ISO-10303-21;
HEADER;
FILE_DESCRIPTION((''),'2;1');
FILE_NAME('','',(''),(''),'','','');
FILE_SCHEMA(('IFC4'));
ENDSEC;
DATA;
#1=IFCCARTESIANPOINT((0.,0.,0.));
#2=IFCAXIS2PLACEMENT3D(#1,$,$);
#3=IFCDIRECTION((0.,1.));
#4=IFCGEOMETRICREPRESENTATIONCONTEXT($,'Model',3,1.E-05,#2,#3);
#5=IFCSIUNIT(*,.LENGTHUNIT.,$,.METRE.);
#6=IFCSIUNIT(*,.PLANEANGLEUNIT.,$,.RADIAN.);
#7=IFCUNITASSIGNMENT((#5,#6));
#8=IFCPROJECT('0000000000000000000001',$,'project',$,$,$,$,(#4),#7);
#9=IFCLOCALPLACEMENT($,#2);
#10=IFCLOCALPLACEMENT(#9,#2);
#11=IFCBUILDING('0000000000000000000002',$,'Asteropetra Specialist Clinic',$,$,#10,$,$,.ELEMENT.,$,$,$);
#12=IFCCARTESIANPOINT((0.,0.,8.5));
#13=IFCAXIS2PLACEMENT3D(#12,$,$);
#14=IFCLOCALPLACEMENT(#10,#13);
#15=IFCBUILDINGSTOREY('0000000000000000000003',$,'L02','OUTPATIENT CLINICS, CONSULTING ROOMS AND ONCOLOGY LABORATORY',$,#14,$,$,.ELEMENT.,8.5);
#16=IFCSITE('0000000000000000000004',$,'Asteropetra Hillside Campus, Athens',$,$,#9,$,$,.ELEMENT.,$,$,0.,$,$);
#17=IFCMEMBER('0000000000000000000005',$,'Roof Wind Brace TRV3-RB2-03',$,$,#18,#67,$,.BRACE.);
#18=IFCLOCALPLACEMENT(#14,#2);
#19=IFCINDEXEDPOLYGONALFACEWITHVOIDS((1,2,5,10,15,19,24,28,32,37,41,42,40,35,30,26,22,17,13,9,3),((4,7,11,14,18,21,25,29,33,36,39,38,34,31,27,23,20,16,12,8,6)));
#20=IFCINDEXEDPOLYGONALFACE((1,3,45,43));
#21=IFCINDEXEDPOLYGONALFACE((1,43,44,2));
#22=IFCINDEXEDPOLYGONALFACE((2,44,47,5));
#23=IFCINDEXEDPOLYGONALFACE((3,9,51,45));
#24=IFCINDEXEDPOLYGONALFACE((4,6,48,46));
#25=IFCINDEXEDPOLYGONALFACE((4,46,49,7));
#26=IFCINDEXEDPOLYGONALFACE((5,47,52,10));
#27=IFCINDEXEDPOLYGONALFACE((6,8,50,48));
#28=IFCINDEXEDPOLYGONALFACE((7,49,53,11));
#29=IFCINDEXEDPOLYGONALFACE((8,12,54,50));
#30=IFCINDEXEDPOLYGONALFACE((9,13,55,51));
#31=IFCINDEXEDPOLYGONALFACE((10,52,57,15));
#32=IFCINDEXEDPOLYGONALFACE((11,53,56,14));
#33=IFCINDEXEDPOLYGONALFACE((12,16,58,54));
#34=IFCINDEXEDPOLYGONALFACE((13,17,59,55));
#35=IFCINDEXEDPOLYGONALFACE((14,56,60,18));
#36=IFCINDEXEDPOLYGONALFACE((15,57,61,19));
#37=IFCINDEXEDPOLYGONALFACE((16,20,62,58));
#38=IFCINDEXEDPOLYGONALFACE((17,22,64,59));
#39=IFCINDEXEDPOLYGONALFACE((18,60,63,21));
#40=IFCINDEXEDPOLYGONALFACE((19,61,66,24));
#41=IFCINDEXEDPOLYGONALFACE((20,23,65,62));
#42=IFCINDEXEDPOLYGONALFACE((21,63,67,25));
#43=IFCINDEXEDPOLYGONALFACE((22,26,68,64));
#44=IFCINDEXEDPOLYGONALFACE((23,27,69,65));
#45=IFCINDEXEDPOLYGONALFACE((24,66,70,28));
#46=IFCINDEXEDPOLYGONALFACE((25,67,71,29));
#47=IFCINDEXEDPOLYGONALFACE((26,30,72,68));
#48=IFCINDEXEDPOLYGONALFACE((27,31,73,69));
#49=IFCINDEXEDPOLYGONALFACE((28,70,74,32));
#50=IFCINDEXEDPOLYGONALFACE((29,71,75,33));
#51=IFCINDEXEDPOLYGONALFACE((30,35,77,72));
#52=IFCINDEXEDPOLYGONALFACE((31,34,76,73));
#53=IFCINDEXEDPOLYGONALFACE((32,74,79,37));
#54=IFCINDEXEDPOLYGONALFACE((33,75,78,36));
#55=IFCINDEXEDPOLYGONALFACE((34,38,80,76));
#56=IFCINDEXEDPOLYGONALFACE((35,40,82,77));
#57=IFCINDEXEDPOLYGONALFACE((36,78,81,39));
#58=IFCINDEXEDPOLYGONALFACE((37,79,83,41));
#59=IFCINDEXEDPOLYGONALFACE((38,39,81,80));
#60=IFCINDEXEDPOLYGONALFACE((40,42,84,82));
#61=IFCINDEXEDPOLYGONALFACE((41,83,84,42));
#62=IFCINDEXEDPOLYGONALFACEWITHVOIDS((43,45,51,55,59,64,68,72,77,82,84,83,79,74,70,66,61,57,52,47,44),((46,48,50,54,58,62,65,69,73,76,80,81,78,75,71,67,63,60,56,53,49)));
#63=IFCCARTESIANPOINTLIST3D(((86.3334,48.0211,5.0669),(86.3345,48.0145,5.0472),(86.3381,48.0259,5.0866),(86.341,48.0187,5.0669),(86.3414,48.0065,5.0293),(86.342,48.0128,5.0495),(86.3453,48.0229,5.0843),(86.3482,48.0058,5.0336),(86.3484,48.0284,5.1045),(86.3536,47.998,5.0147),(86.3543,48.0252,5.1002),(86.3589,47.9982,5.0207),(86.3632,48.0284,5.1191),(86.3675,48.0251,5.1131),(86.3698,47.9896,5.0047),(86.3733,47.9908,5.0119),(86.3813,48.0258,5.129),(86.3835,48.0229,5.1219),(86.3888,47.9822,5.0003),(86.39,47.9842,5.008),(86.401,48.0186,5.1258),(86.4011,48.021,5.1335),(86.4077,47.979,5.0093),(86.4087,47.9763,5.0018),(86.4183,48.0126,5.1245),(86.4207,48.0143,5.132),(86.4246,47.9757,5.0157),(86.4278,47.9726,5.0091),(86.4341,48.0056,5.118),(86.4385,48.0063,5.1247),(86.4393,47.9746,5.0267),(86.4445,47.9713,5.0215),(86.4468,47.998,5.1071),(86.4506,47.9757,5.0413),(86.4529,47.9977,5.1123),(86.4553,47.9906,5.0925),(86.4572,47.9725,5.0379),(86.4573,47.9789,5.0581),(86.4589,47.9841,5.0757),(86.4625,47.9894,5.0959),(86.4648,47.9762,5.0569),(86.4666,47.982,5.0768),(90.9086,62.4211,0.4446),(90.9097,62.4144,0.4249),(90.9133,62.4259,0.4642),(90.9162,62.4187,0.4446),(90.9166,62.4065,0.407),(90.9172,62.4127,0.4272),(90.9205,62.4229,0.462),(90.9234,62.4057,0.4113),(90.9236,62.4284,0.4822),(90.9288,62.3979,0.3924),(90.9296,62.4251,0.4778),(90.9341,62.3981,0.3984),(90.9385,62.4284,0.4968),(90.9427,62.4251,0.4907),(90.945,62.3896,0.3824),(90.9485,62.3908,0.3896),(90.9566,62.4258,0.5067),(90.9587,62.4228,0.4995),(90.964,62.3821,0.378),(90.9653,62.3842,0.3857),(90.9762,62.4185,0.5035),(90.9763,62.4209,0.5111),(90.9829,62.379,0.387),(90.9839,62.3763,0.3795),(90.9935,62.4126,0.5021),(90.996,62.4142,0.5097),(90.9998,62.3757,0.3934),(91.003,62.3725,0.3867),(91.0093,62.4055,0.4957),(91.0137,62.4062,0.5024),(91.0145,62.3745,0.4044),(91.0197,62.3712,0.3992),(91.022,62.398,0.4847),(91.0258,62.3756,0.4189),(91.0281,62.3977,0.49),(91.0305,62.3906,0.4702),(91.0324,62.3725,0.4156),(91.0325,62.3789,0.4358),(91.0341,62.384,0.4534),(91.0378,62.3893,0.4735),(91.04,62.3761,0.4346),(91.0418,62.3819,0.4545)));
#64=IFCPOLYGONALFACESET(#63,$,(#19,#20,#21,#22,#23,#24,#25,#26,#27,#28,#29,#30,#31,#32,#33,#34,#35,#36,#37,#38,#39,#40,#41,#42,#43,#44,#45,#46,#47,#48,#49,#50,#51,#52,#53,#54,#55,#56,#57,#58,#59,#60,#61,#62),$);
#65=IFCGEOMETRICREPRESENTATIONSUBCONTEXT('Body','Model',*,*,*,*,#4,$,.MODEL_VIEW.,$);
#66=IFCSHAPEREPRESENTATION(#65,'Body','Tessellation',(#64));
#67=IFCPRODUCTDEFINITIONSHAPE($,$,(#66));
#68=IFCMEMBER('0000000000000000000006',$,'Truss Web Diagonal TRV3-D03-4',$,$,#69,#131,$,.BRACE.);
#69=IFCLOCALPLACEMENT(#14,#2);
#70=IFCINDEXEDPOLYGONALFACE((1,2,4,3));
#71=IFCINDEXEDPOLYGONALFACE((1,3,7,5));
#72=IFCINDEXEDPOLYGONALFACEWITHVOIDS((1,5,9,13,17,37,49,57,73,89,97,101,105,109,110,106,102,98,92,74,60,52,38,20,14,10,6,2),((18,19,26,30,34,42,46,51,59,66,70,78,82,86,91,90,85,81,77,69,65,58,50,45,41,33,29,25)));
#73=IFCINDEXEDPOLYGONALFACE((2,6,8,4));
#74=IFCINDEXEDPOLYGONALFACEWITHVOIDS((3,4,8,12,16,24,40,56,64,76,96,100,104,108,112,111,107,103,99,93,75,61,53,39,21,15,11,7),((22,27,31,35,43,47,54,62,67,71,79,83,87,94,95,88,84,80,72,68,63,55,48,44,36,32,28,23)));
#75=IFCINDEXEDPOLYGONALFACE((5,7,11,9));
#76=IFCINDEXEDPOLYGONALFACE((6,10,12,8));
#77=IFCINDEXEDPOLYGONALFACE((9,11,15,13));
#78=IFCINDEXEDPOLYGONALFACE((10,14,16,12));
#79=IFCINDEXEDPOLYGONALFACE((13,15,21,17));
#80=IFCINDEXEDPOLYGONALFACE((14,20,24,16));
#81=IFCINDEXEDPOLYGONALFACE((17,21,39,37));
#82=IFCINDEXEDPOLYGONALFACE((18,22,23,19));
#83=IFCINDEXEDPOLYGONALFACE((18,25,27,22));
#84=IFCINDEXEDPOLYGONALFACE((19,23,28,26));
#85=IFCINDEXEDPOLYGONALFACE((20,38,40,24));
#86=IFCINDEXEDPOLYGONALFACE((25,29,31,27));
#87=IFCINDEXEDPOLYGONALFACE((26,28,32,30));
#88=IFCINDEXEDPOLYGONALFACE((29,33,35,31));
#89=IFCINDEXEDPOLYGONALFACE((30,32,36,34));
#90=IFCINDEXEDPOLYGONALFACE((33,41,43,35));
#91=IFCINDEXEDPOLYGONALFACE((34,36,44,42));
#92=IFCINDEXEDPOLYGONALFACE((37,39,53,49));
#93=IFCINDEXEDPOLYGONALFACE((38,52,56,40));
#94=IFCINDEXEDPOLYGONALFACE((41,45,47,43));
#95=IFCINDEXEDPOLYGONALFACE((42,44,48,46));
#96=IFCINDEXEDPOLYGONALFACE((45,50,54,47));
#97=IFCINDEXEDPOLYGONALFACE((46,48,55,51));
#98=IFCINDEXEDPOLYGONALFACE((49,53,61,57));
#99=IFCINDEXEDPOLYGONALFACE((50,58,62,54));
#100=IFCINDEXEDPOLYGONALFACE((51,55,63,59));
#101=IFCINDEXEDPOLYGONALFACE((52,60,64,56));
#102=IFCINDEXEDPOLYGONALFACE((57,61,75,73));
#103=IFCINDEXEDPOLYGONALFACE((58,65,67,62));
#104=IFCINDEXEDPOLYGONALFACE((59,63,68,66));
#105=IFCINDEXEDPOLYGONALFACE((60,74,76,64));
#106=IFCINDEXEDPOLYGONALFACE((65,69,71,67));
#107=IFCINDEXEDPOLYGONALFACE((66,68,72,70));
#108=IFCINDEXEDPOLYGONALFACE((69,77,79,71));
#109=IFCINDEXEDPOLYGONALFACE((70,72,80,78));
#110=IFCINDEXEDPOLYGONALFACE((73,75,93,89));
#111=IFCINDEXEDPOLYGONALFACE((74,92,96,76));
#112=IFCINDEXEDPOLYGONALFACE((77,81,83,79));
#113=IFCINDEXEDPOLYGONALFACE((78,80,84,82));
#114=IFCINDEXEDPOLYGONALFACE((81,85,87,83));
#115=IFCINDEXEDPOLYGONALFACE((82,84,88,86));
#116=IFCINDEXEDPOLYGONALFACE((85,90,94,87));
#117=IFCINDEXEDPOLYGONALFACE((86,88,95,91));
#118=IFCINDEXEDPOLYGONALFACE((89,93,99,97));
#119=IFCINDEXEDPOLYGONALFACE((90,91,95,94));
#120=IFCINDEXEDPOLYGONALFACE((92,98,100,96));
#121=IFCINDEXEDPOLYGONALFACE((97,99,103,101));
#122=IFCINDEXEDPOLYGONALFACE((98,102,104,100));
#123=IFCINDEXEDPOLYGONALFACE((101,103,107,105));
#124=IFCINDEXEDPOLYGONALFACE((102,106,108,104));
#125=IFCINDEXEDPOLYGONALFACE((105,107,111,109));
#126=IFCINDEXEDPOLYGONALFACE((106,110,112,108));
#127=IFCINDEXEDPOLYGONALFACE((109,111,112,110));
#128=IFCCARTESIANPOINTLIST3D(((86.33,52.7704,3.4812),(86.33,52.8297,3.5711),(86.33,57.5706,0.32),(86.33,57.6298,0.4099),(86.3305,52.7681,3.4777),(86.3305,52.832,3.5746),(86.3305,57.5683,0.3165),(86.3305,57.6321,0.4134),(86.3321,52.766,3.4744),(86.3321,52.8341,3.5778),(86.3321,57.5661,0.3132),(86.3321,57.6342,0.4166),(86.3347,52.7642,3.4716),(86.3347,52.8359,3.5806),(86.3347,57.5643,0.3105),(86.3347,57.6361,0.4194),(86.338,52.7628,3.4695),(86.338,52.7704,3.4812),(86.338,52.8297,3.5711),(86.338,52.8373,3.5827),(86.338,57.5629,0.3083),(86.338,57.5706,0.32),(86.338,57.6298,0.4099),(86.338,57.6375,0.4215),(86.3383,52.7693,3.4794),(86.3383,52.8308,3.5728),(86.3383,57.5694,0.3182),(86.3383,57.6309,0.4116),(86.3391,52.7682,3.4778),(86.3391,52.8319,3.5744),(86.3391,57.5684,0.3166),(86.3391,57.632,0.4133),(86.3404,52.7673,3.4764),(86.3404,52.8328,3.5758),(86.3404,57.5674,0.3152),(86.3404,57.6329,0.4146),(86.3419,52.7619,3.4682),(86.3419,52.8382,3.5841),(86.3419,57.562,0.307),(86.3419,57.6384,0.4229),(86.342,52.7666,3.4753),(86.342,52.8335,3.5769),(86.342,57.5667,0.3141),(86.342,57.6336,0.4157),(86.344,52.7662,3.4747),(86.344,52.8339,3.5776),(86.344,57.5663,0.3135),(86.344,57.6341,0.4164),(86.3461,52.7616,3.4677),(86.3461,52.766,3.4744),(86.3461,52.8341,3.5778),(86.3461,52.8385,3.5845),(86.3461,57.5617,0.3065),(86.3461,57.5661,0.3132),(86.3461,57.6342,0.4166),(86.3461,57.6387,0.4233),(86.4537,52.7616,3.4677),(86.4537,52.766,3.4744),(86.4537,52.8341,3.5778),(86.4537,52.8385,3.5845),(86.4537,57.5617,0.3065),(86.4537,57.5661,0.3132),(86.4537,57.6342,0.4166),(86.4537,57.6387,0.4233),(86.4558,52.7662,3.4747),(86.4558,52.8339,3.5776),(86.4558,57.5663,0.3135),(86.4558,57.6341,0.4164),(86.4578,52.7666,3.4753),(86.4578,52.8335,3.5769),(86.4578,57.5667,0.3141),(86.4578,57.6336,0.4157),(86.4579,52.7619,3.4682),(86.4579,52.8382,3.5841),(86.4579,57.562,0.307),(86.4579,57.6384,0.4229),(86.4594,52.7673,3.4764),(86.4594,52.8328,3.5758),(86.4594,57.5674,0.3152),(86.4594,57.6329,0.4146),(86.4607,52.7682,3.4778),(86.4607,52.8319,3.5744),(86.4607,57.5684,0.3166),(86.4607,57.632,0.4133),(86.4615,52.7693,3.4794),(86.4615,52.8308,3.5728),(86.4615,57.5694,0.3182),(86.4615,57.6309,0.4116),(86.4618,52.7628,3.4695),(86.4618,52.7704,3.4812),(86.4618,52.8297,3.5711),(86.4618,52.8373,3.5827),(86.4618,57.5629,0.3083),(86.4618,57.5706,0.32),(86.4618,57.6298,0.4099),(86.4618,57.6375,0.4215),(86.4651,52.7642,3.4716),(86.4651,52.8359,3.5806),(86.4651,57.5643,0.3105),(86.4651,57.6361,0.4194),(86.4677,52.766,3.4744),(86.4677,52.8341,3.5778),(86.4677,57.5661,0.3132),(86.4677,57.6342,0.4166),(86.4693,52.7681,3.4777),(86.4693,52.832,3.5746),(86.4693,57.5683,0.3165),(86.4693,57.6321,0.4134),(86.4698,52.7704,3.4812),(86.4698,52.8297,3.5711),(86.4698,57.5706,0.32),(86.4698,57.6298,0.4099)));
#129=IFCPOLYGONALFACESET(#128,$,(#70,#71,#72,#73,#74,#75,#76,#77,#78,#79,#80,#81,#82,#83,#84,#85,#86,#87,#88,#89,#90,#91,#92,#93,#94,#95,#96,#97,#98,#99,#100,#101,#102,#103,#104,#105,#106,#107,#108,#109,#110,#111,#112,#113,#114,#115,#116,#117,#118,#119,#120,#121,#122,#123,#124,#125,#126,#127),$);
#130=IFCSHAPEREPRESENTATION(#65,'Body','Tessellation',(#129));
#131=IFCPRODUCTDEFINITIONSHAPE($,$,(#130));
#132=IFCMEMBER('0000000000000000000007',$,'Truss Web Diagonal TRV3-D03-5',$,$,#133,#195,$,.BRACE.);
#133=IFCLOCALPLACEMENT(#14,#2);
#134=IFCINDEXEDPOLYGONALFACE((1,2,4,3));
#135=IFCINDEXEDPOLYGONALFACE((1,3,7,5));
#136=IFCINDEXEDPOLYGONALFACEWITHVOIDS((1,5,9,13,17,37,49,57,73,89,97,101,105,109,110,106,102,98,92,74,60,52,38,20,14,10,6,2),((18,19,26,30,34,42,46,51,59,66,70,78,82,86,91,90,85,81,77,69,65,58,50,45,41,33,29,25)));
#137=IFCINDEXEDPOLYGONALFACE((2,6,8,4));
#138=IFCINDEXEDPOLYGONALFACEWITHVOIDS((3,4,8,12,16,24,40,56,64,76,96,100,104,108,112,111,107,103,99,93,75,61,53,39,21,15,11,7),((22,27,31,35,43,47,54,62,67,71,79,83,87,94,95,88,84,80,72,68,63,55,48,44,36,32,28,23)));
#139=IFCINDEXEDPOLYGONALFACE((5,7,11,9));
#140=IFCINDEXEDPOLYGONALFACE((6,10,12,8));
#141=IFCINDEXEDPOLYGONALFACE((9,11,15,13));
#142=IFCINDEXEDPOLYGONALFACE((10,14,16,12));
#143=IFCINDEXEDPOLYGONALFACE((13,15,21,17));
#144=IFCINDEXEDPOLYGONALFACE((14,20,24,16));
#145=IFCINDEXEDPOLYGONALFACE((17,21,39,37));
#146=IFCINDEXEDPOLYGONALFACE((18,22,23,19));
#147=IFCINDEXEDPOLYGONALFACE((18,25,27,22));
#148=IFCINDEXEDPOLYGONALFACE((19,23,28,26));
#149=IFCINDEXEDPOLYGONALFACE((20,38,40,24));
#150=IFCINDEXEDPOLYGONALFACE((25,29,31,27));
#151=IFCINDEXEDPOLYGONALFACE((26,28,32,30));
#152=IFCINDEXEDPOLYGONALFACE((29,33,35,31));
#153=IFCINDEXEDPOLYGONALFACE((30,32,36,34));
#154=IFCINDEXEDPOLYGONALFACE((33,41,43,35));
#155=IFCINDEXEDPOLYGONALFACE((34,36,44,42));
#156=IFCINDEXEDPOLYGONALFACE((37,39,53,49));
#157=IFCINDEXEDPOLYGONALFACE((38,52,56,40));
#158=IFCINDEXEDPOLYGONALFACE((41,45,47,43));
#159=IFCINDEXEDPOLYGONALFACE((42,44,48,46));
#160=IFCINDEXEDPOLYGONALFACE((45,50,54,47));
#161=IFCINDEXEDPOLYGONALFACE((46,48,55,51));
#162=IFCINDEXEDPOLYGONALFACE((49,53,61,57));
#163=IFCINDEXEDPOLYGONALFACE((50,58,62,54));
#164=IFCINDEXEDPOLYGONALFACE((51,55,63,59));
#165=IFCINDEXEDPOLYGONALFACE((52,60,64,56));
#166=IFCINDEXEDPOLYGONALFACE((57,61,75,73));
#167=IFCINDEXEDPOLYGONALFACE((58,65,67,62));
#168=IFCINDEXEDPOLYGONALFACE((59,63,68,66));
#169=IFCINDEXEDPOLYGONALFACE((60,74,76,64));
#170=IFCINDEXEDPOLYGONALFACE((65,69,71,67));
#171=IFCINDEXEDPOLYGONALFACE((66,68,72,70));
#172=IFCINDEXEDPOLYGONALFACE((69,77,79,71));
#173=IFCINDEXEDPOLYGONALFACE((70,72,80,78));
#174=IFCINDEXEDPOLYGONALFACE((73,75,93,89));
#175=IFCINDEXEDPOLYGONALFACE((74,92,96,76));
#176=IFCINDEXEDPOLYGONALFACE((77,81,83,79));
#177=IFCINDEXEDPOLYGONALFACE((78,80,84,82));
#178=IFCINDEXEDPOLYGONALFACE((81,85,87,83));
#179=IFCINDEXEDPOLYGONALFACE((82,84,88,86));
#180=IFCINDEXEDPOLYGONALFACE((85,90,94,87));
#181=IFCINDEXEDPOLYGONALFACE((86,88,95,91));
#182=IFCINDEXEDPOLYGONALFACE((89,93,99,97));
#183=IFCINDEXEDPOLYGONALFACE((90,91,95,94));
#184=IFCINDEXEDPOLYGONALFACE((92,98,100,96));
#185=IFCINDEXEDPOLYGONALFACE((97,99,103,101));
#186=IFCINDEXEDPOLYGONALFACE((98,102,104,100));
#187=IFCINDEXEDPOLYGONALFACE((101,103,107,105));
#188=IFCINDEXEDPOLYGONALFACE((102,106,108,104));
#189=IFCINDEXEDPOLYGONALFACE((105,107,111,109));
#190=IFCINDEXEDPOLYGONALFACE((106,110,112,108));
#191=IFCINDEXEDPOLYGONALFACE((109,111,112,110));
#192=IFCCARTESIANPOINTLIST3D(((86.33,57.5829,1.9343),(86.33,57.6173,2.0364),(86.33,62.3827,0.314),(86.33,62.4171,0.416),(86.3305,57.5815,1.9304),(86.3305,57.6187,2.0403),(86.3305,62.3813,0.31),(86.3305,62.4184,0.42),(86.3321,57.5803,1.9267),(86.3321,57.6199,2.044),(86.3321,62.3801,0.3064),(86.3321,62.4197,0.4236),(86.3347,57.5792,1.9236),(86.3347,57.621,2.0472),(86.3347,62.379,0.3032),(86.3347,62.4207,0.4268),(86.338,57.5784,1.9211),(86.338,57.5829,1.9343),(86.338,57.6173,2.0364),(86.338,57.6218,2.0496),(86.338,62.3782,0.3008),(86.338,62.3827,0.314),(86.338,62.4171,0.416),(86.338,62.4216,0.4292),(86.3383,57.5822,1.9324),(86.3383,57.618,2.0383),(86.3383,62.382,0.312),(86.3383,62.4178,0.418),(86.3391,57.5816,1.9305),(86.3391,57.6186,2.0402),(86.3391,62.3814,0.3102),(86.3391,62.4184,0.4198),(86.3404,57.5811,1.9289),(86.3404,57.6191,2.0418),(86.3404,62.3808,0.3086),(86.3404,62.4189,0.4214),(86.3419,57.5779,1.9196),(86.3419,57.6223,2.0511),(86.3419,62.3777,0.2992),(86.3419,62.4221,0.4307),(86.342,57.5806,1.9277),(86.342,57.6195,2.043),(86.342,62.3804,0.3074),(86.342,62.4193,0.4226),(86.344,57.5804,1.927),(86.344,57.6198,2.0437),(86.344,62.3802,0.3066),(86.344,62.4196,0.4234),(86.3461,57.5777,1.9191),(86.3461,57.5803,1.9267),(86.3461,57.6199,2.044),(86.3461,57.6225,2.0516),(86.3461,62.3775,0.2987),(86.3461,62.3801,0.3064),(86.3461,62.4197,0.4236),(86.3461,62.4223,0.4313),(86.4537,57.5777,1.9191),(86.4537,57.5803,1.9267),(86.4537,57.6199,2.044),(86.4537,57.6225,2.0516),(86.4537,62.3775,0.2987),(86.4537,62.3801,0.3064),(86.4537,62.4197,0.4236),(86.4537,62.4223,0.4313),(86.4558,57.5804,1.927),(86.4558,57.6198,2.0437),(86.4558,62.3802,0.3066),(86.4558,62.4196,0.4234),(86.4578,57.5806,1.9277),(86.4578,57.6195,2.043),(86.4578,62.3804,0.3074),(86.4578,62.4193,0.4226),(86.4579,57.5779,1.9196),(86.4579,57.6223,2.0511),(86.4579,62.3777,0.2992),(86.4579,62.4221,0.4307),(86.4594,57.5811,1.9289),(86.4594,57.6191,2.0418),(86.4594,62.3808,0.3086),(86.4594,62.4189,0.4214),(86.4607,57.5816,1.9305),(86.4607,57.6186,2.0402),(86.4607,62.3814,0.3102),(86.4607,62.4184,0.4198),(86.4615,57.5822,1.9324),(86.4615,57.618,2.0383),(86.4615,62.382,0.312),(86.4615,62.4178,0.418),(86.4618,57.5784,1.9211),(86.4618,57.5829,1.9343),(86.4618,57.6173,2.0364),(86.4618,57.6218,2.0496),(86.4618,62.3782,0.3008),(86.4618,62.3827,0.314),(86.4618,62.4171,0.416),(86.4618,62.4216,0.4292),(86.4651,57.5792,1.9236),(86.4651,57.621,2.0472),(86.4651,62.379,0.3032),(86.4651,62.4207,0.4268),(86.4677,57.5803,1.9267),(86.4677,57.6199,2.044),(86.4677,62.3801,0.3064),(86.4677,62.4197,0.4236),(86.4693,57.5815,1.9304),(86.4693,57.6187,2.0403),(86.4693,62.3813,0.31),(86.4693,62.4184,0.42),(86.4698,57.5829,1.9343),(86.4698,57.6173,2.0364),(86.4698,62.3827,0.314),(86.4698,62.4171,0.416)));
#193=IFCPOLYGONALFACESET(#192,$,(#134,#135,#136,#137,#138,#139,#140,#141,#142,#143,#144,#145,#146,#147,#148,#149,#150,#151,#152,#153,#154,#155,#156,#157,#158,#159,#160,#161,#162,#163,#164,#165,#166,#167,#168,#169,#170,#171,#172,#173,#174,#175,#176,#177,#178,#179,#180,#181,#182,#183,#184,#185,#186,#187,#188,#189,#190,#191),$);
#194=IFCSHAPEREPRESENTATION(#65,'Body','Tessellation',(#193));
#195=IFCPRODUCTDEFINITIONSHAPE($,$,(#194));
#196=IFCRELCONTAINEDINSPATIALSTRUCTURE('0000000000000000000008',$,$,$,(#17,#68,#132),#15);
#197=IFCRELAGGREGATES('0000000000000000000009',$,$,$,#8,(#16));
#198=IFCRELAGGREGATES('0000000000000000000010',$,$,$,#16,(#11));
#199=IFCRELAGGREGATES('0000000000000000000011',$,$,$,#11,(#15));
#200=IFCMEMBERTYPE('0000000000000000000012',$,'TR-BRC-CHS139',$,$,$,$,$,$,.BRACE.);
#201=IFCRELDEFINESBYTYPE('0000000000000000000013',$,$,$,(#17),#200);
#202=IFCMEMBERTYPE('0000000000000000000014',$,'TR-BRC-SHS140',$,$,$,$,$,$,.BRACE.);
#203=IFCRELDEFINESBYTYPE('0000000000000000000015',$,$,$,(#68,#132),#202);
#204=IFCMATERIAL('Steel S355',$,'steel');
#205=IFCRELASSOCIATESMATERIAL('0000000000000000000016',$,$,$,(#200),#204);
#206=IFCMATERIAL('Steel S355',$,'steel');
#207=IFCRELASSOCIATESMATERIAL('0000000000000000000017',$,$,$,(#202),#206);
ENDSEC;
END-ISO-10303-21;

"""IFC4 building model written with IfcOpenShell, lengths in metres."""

from ifc_helpers import new_model, si_unit, direction, frame, origin, origin_2d, place, context, subcontext, project, spatial, hollow_rectangle, hollow_circle, extrude, material, material_profile, profile_set, type_object, element, save


model = new_model("IFC4")

# Units and contexts
model_context = context("Model", 3, precision=1e-05, world=origin(), true_north=direction((0.0, 1.0)))
body_context = subcontext(model_context, "Body", "Model", "MODEL_VIEW")
ifc_project = project(units=[si_unit("LENGTHUNIT", "METRE"), si_unit("PLANEANGLEUNIT", "RADIAN")], contexts=[model_context])

# Site, building, storey
site_placement = place(None, origin())
site = spatial("IfcSite", under=ifc_project, at=site_placement, Name="Asteropetra Hillside Campus, Athens", CompositionType="ELEMENT", RefElevation=0.0)
building_placement = place(site_placement, origin())
building = spatial("IfcBuilding", under=site, at=building_placement, Name="Asteropetra Specialist Clinic", CompositionType="ELEMENT")
storey_placement = place(building_placement, frame((0.0, 0.0, 8.5)))
storey = spatial("IfcBuildingStorey", under=building, at=storey_placement, Name="L02", Description="OUTPATIENT CLINICS, CONSULTING ROOMS AND ONCOLOGY LABORATORY", CompositionType="ELEMENT", Elevation=8.5)

# Members
ifc_material_1 = material(Name="Steel S355", Category="steel")
ifc_material_profile_1 = material_profile(ifc_material_1, hollow_circle(Radius=0.0698, WallThickness=0.0081, at=origin_2d()), Name="CHS 139.7x8.0")
ifc_profile_set_1 = profile_set([ifc_material_profile_1], Name="Steel S355")
member_type_1 = type_object("IfcMemberType", Name="TR-BRC-CHS139", PredefinedType="BRACE", material=ifc_profile_set_1)
member_1_placement = place(storey_placement, frame((86.3999, 48.0, 5.0669), z_axis=(0.28956, 0.911358, -0.292543), x_axis=(-0.953052, 0.302807, 0.0)))
element("IfcMember", 1, at=member_1_placement, inside=storey, type_object=member_type_1, Name="Roof Wind Brace TRV3-RB2-03", PredefinedType="BRACE", context=body_context, shape_type="SweptSolid", body=[
    extrude(hollow_circle(Radius=0.0698, WallThickness=0.0081, at=origin_2d()), origin(), (0.0, 0.0, 1.0), 15.8005),
])
ifc_material_2 = material(Name="Steel S355", Category="steel")
ifc_material_profile_2 = material_profile(ifc_material_2, hollow_rectangle(XDim=0.1399, YDim=0.1399, WallThickness=0.0081, InnerFilletRadius=0.0081, OuterFilletRadius=0.0161, at=origin_2d()), Name="SHS 140x140x8.0")
ifc_profile_set_2 = profile_set([ifc_material_profile_2], Name="Steel S355")
member_type_2 = type_object("IfcMemberType", Name="TR-BRC-SHS140", PredefinedType="BRACE", material=ifc_profile_set_2)
member_2_placement = place(storey_placement, frame((86.3999, 52.8, 3.5261), z_axis=(0.0, 0.835161, -0.550006), x_axis=(-1.0, 0.0, 0.0)))
element("IfcMember", 2, at=member_2_placement, inside=storey, type_object=member_type_2, Name="Truss Web Diagonal TRV3-D03-4", PredefinedType="BRACE", context=body_context, shape_type="SweptSolid", body=[
    extrude(hollow_rectangle(XDim=0.1399, YDim=0.1399, WallThickness=0.0081, InnerFilletRadius=0.0081, OuterFilletRadius=0.0161, at=origin_2d()), origin(), (0.0, 0.0, 1.0), 5.7476),
])
member_3_placement = place(storey_placement, frame((86.3999, 57.6001, 1.9854), z_axis=(0.0, 0.947467, -0.319854), x_axis=(-1.0, 0.0, 0.0)))
element("IfcMember", 3, at=member_3_placement, inside=storey, type_object=member_type_2, Name="Truss Web Diagonal TRV3-D03-5", PredefinedType="BRACE", context=body_context, shape_type="SweptSolid", body=[
    extrude(hollow_rectangle(XDim=0.1399, YDim=0.1399, WallThickness=0.0081, InnerFilletRadius=0.0081, OuterFilletRadius=0.0161, at=origin_2d()), origin(), (0.0, 0.0, 1.0), 5.0659),
])

save(model, "model.ifc")
